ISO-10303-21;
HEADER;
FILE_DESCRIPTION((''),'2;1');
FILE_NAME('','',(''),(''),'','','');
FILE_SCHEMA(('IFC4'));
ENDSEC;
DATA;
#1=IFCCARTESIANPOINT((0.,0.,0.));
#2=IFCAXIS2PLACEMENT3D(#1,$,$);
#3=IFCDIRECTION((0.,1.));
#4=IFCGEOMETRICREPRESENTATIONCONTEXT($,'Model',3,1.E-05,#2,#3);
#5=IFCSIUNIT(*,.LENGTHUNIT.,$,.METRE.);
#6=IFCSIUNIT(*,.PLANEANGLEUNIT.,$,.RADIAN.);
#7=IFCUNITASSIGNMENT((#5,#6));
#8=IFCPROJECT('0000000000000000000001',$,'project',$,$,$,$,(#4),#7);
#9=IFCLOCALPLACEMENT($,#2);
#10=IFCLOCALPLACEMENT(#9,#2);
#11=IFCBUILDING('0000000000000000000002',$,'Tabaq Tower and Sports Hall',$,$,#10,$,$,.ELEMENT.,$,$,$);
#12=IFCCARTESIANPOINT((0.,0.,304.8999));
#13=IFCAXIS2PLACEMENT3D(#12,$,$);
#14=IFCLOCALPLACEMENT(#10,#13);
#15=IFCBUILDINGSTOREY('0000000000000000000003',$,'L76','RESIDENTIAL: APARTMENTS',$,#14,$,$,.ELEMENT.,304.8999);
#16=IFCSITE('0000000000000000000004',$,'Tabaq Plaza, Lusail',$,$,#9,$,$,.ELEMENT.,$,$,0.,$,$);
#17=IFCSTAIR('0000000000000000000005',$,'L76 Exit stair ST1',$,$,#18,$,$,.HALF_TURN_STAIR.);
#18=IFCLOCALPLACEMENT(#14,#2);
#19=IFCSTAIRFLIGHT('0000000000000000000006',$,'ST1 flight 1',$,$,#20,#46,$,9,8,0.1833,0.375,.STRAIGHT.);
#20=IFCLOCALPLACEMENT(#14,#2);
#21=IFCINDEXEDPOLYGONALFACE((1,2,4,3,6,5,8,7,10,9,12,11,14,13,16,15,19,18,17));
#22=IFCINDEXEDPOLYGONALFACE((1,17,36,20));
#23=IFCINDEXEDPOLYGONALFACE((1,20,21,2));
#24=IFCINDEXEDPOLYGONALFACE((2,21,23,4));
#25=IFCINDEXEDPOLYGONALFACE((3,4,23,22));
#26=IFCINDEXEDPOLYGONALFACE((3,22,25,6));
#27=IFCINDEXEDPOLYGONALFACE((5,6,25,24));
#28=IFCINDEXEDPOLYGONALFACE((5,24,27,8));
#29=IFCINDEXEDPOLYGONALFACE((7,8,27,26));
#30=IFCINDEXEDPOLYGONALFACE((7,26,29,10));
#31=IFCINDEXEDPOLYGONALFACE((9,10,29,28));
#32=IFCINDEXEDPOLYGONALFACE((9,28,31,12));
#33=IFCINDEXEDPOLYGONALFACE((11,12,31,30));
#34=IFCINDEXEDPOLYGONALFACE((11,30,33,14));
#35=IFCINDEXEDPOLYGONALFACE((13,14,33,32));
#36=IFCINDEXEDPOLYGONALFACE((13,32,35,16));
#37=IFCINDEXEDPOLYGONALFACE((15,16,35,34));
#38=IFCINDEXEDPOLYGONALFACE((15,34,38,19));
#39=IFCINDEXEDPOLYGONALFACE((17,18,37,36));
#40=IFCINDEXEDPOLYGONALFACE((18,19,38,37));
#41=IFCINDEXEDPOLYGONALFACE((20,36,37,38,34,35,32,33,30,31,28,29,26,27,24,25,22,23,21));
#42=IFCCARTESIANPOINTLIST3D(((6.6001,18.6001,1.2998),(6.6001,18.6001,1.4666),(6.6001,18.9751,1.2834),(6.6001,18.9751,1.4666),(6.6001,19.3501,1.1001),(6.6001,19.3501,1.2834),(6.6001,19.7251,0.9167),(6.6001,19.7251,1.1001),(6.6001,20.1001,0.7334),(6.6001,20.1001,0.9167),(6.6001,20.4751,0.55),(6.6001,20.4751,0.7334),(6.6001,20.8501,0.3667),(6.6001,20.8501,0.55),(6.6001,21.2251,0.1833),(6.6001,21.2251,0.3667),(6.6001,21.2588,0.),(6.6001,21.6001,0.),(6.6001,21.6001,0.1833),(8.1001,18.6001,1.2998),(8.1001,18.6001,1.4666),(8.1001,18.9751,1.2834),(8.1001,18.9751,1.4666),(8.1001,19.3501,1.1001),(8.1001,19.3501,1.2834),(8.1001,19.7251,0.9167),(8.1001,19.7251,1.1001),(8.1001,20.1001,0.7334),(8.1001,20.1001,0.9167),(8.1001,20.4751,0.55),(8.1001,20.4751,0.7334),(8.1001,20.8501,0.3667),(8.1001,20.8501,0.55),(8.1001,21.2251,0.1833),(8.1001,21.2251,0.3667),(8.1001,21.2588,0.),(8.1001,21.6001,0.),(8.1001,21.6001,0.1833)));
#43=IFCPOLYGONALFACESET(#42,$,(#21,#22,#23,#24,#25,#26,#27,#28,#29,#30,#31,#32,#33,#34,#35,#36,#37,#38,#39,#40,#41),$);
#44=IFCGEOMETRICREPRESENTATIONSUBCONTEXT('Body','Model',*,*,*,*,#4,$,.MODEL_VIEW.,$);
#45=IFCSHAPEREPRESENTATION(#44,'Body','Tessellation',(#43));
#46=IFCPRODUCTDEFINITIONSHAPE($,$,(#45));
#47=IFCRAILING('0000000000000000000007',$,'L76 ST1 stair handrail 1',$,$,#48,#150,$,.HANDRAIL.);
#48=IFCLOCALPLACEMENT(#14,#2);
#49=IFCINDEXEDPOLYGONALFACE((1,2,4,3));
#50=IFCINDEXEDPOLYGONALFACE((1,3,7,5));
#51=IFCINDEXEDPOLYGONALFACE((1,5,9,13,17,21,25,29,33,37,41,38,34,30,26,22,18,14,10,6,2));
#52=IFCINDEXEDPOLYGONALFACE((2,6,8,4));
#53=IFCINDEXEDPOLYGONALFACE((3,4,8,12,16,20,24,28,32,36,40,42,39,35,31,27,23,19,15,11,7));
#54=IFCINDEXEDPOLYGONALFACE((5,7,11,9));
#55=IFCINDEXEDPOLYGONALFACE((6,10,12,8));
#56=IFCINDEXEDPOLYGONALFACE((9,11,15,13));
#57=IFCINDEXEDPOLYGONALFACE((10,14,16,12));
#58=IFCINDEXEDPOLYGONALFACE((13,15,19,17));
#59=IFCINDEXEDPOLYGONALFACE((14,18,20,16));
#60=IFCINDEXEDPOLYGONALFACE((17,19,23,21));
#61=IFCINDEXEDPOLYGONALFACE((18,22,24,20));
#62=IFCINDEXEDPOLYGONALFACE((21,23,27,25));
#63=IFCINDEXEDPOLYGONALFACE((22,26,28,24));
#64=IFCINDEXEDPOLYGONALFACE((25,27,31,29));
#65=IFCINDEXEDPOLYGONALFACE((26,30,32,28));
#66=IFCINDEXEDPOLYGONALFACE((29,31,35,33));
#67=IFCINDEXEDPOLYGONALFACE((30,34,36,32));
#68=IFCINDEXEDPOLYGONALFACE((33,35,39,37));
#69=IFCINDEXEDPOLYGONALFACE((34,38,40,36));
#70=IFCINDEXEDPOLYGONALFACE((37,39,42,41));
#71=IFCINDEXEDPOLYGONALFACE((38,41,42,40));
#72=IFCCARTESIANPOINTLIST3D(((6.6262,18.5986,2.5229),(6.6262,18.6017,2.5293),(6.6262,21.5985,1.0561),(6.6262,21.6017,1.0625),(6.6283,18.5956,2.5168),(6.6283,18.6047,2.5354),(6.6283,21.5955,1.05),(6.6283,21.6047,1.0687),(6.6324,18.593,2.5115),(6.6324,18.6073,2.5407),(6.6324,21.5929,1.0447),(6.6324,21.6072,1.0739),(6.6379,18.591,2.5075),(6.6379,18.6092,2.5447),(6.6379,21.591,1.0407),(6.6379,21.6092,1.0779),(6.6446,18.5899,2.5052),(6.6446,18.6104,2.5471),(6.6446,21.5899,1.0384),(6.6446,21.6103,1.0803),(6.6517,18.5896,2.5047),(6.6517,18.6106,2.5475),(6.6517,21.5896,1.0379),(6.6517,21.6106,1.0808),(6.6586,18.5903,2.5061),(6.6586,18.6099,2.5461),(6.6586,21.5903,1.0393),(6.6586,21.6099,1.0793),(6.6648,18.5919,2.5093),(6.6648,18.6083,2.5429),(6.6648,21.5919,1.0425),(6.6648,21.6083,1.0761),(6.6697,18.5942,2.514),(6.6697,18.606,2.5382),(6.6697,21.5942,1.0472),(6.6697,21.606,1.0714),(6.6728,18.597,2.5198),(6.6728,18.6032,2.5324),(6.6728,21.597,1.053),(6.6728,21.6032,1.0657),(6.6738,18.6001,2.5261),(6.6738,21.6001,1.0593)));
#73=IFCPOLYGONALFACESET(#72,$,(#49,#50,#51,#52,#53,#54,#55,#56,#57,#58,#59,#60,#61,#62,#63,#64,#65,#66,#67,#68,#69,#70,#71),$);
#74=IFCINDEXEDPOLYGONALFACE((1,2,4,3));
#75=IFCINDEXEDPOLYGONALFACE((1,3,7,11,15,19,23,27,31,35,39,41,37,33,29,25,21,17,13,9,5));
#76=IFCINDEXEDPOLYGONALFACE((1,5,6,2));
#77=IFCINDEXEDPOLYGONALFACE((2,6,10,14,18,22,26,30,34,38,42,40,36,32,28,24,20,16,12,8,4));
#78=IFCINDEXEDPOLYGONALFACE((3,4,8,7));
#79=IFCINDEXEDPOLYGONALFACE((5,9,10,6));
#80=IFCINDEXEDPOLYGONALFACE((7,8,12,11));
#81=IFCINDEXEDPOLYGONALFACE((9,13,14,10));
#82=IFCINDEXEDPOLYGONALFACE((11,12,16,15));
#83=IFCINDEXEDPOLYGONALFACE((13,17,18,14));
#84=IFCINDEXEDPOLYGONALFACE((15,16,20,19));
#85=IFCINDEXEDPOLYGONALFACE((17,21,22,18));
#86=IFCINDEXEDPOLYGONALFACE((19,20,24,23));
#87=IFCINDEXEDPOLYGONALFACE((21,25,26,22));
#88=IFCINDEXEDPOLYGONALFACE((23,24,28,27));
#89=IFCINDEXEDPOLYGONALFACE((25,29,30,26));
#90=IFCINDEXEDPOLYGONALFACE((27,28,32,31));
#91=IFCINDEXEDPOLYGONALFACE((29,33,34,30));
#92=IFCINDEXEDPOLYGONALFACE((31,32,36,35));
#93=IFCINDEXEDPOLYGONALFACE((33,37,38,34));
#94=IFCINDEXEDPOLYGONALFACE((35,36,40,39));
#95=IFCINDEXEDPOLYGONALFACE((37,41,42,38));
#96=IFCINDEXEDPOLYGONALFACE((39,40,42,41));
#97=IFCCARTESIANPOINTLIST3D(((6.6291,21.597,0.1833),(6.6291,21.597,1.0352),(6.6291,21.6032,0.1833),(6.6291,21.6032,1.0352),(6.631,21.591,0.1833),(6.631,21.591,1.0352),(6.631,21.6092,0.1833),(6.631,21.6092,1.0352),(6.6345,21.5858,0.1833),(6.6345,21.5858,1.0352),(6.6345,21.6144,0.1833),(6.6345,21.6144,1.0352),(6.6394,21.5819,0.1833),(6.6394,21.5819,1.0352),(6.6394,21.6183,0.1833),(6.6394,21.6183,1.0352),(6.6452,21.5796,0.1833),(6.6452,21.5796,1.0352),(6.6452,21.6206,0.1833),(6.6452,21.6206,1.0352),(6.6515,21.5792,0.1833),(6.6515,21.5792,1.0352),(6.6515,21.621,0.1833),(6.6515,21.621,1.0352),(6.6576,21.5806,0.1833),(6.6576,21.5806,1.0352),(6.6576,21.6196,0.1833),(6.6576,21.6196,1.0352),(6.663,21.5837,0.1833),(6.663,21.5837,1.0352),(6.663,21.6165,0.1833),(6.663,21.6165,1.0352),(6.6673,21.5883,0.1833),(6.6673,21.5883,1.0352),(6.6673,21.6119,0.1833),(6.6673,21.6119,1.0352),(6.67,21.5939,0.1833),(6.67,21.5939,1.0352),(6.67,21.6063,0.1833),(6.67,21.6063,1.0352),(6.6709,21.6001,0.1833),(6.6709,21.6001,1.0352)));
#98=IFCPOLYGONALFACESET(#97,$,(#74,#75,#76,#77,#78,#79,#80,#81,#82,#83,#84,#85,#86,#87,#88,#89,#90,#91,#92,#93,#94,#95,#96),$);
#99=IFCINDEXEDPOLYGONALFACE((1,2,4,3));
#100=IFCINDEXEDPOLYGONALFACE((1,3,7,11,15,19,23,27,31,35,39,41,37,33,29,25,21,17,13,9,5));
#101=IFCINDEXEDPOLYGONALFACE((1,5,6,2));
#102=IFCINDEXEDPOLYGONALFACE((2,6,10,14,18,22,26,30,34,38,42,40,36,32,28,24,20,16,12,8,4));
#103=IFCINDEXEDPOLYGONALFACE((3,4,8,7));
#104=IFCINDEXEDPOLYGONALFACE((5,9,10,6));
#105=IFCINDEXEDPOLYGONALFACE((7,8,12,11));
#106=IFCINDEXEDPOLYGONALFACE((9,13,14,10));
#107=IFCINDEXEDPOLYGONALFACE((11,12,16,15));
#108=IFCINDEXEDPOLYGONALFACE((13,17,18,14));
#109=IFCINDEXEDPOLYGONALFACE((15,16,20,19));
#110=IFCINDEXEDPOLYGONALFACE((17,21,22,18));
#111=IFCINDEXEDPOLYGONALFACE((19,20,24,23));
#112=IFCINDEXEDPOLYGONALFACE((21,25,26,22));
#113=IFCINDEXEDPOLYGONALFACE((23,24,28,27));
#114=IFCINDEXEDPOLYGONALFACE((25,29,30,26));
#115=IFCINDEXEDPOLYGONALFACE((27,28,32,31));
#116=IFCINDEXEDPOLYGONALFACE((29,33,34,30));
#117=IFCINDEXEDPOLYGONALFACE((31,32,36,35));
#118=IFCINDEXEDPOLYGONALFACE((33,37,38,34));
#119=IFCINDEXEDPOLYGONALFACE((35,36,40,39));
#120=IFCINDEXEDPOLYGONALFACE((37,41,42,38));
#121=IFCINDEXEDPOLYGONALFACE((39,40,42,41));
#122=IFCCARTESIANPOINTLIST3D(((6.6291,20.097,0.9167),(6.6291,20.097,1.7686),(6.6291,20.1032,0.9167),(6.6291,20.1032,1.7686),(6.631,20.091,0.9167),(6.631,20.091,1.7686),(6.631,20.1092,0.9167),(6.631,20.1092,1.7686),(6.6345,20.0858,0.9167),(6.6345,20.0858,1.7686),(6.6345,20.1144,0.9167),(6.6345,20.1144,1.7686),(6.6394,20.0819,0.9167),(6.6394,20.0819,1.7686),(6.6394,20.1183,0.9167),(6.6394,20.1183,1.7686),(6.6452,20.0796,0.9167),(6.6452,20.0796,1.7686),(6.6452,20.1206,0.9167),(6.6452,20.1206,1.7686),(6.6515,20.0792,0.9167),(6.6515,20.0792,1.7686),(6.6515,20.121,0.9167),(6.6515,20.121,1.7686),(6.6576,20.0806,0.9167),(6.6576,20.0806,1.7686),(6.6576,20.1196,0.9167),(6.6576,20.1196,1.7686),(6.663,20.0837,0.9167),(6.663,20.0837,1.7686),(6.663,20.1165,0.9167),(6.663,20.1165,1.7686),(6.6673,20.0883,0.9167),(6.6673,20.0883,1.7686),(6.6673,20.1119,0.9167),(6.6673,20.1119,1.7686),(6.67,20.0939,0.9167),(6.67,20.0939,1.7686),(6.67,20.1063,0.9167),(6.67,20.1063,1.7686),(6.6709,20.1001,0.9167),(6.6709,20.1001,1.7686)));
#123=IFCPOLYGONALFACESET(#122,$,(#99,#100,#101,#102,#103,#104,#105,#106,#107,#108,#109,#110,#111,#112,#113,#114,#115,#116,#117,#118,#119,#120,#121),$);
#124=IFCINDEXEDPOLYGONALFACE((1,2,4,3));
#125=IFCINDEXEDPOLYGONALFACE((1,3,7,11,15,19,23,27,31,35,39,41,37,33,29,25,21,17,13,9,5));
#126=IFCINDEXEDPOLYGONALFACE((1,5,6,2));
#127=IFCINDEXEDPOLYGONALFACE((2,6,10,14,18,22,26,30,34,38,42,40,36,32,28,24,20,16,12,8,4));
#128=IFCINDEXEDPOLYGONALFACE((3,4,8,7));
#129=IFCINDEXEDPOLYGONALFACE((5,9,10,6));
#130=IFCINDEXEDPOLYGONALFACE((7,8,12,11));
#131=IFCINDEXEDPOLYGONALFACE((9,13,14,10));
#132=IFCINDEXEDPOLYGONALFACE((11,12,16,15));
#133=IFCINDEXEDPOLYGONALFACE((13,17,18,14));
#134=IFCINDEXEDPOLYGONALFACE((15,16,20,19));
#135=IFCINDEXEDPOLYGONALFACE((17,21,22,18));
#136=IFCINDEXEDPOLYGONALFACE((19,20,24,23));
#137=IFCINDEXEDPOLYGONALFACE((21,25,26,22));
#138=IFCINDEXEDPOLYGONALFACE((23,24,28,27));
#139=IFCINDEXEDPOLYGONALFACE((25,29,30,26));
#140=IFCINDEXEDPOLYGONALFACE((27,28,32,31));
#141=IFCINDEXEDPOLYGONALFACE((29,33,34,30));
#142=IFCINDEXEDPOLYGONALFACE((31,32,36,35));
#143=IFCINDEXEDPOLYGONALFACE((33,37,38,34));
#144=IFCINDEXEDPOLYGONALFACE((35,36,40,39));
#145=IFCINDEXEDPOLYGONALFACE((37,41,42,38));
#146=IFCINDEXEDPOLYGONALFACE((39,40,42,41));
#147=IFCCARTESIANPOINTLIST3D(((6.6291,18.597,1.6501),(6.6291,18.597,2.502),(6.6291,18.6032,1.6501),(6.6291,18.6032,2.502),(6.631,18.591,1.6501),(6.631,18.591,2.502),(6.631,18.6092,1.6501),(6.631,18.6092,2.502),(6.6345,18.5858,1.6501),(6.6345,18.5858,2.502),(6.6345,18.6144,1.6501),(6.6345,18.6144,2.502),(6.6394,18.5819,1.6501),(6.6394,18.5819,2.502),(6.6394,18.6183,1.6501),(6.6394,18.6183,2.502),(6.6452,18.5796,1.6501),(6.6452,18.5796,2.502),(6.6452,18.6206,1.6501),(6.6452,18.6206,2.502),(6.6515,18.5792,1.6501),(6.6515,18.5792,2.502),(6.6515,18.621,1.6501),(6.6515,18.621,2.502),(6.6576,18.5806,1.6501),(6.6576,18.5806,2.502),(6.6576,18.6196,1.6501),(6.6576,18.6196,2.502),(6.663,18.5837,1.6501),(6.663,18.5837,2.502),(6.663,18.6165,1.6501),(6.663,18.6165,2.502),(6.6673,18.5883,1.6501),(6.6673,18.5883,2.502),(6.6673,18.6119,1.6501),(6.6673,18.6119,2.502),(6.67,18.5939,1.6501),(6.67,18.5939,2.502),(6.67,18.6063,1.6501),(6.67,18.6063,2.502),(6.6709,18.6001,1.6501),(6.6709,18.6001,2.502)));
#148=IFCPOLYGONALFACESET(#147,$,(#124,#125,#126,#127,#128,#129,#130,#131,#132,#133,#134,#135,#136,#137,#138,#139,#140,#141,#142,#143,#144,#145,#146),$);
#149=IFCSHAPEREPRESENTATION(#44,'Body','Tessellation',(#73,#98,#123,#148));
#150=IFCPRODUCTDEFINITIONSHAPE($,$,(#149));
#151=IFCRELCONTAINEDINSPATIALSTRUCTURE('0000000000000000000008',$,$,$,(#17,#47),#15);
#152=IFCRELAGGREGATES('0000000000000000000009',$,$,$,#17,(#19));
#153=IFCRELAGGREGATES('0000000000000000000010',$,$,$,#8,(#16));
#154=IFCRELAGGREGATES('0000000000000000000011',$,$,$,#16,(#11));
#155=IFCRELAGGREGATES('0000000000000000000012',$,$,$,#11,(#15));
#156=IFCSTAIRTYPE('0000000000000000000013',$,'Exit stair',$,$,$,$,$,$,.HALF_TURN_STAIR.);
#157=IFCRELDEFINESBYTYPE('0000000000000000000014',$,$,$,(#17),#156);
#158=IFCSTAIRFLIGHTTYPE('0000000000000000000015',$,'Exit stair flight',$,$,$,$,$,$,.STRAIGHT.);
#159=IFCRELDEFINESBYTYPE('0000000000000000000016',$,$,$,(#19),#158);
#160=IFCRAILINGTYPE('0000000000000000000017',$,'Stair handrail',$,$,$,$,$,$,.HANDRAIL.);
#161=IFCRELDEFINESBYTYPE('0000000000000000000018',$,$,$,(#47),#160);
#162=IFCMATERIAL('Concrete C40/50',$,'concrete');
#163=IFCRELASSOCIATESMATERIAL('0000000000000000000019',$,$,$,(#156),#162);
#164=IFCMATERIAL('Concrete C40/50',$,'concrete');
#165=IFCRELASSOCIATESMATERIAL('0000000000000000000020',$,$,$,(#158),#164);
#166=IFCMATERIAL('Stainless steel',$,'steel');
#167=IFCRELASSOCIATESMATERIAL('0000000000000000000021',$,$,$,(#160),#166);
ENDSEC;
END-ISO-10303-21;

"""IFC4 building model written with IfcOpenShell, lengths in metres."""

from ifc_helpers import new_model, si_unit, direction, frame, origin, origin_2d, place, context, subcontext, project, spatial, polyline, circle, outline, extrude, material, type_object, element, aggregate, save


model = new_model("IFC4")

# Units and contexts
model_context = context("Model", 3, precision=1e-05, world=origin(), true_north=direction((0.0, 1.0)))
body_context = subcontext(model_context, "Body", "Model", "MODEL_VIEW")
ifc_project = project(units=[si_unit("LENGTHUNIT", "METRE"), si_unit("PLANEANGLEUNIT", "RADIAN")], contexts=[model_context])

# Site, building, storey
site_placement = place(None, origin())
site = spatial("IfcSite", under=ifc_project, at=site_placement, Name="Tabaq Plaza, Lusail", CompositionType="ELEMENT", RefElevation=0.0)
building_placement = place(site_placement, origin())
building = spatial("IfcBuilding", under=site, at=building_placement, Name="Tabaq Tower and Sports Hall", CompositionType="ELEMENT")
storey_placement = place(building_placement, frame((0.0, 0.0, 304.8999)))
storey = spatial("IfcBuildingStorey", under=building, at=storey_placement, Name="L76", Description="RESIDENTIAL: APARTMENTS", CompositionType="ELEMENT", Elevation=304.8999)

# Stair, stair flight
ifc_material_1 = material(Name="Concrete C40/50", Category="concrete")
stair_type = type_object("IfcStairType", Name="Exit stair", PredefinedType="HALF_TURN_STAIR", material=ifc_material_1)
stair_placement = place(storey_placement, origin())
stair = element("IfcStair", 1, at=stair_placement, inside=storey, type_object=stair_type, Name="L76 Exit stair ST1", PredefinedType="HALF_TURN_STAIR")
ifc_material_2 = material(Name="Concrete C40/50", Category="concrete")
stair_flight_type = type_object("IfcStairFlightType", Name="Exit stair flight", PredefinedType="STRAIGHT", material=ifc_material_2)
stair_flight_placement = place(storey_placement, frame((7.3501, 21.6001, 0.0), z_axis=(0.0, 0.0, 1.0), x_axis=(0.0, -1.0, 0.0)))
stair_flight = element("IfcStairFlight", 2, at=stair_flight_placement, type_object=stair_flight_type, Name="ST1 flight 1", NumberOfRisers=9, NumberOfTreads=8, PredefinedType="STRAIGHT", RiserHeight=0.1833, TreadLength=0.375, context=body_context, shape_type="SweptSolid", body=[
    extrude(outline(polyline([(0.0, 0.0), (0.0, 0.1833), (0.375, 0.1833), (0.375, 0.3667), (0.75, 0.3667), (0.75, 0.55), (1.125, 0.55), (1.125, 0.7334), (1.5, 0.7334), (1.5, 0.9167), (1.875, 0.9167), (1.875, 1.1001), (2.25, 1.1001), (2.25, 1.2834), (2.625, 1.2834), (2.625, 1.4666), (3.0, 1.4666), (3.0, 1.6499), (3.0, 1.2998), (0.3413, 0.0), (0.0, 0.0)])), frame((0.0, 0.75, 0.0), z_axis=(0.0, -1.0, 0.0), x_axis=(1.0, 0.0, 0.0)), (0.0, 0.0, 1.0), 1.5),
])
aggregate(stair, [stair_flight])

# Railing
ifc_material_3 = material(Name="Stainless steel", Category="steel")
railing_type_1 = type_object("IfcRailingType", Name="Stair handrail", PredefinedType="HANDRAIL", material=ifc_material_3)
for number, where, name in (
    (3, (6.6499, 21.6001, 0.1833), "L76 ST1 stair handrail 1"),
):
    element("IfcRailing", number, at=place(storey_placement, frame(where)), inside=storey, type_object=railing_type_1, Name=name, PredefinedType="HANDRAIL", context=body_context, shape_type="SweptSolid", body=[
        extrude(circle(Radius=0.0239, at=origin_2d()), frame((0.0, 0.0, 0.876), z_axis=(0.0, -0.898369, 0.439242), x_axis=(1.0, 0.0, 0.0)), (0.0, 0.0, 1.0), 3.3394),
        extrude(circle(Radius=0.021, at=origin_2d()), origin(), (0.0, 0.0, 1.0), 0.8518),
        extrude(circle(Radius=0.021, at=origin_2d()), frame((0.0, -1.5, 0.7334)), (0.0, 0.0, 1.0), 0.8518),
        extrude(circle(Radius=0.021, at=origin_2d()), frame((0.0, -3.0, 1.4668)), (0.0, 0.0, 1.0), 0.8518),
    ])

save(model, "model.ifc")
